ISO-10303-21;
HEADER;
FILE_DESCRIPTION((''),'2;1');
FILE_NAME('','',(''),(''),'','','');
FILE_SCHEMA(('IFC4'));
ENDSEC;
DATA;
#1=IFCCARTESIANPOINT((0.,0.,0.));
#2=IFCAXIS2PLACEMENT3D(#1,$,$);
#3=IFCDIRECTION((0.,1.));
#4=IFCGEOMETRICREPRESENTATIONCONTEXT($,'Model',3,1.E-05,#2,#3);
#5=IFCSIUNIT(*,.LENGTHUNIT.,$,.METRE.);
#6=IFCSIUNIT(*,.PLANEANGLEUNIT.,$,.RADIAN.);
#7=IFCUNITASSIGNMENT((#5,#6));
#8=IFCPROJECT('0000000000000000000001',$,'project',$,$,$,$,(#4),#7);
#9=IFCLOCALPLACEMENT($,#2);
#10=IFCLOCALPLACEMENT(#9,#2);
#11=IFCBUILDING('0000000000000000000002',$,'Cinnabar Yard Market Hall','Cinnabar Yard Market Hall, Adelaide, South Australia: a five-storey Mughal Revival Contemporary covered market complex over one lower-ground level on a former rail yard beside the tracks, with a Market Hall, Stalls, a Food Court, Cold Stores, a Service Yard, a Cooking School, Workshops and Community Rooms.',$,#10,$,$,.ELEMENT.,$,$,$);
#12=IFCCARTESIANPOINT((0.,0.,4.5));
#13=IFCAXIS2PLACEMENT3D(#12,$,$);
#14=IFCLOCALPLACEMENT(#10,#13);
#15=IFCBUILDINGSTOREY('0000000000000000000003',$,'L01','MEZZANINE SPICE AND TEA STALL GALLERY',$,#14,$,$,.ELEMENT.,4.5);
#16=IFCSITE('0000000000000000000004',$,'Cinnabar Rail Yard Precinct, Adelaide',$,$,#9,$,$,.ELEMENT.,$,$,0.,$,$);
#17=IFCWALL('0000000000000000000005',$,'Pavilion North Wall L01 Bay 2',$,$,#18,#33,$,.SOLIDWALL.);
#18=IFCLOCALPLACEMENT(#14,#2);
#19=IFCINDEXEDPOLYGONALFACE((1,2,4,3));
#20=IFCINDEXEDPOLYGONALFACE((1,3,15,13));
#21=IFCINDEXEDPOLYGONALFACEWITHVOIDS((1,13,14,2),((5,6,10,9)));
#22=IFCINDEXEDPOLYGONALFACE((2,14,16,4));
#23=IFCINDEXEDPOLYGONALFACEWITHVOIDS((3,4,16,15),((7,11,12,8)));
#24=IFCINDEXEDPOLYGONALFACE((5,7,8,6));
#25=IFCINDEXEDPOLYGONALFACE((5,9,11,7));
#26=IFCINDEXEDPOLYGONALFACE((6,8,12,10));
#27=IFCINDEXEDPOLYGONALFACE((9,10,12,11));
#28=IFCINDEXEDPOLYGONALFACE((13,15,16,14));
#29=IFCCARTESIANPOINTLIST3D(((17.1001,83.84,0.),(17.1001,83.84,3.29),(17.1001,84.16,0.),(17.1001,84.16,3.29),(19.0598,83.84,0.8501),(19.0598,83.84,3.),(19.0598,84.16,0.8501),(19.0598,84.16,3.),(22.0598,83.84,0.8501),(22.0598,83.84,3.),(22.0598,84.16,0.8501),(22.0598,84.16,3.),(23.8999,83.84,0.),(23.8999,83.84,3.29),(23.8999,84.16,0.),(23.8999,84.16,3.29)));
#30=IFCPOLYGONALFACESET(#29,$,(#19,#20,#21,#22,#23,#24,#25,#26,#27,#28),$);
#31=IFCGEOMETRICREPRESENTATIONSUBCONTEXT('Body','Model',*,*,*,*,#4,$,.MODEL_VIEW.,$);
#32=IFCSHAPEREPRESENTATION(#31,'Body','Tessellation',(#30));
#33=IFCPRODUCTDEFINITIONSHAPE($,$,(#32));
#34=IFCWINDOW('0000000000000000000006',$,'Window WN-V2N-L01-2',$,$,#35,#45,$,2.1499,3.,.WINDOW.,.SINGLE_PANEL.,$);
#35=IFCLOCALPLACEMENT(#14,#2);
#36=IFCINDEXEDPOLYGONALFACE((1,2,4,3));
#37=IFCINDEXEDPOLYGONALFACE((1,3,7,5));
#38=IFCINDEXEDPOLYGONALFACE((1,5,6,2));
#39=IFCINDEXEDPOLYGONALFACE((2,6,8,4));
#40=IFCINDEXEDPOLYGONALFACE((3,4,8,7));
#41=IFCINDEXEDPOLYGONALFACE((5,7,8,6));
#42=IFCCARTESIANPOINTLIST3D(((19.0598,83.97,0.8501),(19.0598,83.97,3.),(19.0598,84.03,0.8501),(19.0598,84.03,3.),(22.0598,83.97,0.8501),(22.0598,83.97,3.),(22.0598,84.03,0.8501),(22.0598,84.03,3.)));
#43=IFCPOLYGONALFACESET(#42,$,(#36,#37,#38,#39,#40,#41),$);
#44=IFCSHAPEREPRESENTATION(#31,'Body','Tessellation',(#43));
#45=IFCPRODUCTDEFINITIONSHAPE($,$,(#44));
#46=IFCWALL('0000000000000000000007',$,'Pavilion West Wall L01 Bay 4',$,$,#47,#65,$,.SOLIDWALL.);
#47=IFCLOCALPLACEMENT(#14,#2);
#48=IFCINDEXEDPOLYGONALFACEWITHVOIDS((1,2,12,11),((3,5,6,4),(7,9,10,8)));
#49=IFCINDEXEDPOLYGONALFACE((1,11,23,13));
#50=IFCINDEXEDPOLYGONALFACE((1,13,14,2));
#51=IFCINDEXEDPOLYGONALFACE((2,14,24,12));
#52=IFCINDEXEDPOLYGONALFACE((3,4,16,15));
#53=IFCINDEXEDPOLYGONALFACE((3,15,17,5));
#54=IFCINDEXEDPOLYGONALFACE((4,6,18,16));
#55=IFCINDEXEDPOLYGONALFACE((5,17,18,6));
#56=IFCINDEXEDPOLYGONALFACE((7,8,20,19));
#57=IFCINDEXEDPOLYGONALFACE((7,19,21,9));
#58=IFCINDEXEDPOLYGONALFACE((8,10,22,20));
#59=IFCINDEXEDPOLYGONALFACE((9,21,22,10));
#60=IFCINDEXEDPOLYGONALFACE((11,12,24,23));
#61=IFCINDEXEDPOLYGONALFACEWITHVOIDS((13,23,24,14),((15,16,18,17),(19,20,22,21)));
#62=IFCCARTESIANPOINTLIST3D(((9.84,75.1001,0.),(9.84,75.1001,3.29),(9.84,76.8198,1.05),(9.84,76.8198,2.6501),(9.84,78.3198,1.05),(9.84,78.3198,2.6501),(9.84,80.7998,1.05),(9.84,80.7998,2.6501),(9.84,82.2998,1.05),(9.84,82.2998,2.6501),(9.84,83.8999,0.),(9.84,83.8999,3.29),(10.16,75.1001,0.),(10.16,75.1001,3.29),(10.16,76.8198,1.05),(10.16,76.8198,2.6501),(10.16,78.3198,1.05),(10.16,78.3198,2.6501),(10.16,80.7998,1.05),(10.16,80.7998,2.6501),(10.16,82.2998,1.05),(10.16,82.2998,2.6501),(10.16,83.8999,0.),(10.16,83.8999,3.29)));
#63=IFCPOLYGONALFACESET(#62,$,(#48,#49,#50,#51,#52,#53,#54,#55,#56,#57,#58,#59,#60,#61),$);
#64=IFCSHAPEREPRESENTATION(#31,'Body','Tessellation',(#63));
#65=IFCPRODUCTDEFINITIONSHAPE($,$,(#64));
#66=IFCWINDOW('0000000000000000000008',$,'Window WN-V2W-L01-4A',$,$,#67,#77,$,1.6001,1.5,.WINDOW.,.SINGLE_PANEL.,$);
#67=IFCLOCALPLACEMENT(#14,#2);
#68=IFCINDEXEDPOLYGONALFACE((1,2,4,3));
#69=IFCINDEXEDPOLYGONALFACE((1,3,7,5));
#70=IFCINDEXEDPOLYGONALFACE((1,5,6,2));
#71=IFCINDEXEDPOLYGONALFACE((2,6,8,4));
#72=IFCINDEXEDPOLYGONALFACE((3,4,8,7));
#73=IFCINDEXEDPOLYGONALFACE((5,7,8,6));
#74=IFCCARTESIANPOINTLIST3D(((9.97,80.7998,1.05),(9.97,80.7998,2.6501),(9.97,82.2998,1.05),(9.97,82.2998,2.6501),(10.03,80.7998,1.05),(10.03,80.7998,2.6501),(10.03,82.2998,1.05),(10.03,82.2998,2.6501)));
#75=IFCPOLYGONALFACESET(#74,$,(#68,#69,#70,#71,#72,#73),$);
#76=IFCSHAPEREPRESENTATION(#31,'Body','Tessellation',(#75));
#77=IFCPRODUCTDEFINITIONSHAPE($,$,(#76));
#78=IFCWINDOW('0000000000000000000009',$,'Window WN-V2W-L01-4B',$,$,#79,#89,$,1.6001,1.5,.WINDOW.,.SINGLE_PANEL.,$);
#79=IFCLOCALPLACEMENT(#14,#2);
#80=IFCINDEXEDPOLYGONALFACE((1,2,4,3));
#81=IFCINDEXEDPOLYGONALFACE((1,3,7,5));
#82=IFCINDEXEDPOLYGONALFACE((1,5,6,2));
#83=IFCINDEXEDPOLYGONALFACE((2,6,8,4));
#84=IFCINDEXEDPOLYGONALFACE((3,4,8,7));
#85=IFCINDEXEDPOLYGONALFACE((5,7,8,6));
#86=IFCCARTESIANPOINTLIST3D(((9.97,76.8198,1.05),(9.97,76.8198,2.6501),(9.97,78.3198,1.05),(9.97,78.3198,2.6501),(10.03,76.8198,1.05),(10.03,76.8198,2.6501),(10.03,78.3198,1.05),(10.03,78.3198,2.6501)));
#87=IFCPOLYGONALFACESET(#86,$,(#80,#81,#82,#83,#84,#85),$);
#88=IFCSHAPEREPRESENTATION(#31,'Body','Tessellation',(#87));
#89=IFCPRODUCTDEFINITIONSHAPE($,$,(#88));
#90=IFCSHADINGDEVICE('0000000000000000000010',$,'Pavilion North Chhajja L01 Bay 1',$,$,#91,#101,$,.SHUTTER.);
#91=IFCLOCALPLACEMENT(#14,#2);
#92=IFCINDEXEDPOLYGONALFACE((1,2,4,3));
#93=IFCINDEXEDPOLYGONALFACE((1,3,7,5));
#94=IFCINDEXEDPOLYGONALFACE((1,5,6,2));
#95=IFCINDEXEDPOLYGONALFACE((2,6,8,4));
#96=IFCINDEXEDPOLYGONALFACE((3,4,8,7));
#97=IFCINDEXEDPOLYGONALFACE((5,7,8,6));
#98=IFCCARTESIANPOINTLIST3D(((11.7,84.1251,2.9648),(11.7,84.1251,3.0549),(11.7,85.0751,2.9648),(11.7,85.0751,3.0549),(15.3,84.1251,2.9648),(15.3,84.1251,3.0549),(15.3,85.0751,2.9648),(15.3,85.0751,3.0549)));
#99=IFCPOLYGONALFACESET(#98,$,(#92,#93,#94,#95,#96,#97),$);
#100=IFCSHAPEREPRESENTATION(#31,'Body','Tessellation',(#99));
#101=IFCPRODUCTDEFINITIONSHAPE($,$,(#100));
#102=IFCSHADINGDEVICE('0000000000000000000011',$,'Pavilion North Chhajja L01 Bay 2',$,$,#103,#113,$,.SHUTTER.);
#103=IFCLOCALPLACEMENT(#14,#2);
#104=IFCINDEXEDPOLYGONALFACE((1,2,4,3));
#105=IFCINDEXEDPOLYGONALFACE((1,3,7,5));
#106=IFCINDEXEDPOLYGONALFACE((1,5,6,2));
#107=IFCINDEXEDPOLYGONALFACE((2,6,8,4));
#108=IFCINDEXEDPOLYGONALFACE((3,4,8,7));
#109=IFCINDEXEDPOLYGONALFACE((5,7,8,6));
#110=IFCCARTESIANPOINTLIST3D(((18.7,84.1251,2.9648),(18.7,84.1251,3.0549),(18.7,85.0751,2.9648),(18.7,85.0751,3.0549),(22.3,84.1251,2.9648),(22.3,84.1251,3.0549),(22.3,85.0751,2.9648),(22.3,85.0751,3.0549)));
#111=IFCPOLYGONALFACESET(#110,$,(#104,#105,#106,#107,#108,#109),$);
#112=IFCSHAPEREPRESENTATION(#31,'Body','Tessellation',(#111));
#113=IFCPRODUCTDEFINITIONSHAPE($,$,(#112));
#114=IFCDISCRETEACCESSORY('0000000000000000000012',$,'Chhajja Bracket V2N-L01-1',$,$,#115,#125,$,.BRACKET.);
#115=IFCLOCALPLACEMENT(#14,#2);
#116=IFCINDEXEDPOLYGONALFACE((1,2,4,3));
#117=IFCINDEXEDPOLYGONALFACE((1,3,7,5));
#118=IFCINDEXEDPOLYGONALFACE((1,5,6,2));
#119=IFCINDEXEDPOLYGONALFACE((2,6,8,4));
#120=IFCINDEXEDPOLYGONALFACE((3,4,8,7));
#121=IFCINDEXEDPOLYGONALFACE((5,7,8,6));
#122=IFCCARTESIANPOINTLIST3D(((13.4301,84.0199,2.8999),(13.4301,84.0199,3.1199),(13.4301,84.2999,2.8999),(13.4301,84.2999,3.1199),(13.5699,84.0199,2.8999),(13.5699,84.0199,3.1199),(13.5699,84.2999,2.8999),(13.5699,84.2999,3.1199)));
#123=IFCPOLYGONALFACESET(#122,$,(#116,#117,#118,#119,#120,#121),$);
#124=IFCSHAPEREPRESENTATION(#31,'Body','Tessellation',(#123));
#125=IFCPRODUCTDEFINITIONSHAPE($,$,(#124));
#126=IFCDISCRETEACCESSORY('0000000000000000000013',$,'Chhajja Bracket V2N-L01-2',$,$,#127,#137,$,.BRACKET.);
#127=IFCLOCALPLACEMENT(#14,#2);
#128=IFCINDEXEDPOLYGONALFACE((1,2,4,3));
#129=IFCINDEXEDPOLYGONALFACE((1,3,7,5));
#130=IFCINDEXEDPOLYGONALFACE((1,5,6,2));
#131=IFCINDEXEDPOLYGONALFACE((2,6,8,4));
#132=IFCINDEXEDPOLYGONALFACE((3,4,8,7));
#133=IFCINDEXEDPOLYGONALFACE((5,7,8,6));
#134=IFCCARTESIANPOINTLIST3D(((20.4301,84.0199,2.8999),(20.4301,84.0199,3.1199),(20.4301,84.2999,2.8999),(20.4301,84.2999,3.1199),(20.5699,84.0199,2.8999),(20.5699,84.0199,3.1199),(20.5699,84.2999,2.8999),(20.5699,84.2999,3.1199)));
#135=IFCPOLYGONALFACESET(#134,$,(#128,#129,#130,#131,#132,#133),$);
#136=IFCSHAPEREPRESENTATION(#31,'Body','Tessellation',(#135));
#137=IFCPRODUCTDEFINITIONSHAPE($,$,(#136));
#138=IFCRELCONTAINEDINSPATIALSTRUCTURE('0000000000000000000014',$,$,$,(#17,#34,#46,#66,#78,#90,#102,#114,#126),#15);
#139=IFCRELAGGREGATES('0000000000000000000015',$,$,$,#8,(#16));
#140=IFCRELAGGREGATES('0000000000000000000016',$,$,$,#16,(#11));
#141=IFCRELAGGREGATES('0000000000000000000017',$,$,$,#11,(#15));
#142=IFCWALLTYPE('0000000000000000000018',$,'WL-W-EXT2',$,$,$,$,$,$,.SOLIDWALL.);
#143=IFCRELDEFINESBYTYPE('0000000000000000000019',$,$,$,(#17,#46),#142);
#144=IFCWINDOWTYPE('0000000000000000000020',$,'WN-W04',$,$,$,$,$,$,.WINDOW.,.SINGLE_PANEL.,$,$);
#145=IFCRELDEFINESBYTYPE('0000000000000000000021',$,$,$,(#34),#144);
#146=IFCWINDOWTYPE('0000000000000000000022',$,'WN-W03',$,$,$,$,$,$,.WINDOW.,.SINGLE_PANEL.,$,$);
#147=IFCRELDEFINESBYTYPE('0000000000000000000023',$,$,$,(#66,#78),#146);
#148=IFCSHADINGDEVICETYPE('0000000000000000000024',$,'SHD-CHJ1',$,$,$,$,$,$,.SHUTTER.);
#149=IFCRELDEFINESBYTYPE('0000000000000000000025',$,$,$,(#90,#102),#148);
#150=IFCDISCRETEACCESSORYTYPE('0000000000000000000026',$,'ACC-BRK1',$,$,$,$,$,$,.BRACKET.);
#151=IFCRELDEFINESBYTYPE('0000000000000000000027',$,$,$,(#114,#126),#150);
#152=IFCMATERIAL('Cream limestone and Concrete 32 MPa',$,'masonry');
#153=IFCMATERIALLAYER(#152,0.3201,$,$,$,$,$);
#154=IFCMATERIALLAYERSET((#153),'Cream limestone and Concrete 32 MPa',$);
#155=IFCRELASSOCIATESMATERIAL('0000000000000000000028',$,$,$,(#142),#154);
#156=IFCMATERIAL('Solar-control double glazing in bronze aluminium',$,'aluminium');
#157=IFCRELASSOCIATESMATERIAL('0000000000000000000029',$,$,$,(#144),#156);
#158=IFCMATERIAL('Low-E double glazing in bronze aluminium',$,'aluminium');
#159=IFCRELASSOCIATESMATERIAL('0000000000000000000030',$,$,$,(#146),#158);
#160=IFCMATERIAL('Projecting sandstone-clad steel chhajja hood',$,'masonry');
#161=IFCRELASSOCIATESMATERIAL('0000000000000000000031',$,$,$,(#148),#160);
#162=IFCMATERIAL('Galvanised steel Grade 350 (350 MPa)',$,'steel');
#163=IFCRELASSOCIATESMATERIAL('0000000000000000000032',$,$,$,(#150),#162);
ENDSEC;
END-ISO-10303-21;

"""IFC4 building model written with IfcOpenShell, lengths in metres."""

from ifc_helpers import new_model, si_unit, direction, frame, frame_2d, origin, origin_2d_with_axis, place, context, subcontext, project, spatial, rectangle, extrude, material, layer, layer_set, type_object, element, fill, save


model = new_model("IFC4")

# Units and contexts
model_context = context("Model", 3, precision=1e-05, world=origin(), true_north=direction((0.0, 1.0)))
body_context = subcontext(model_context, "Body", "Model", "MODEL_VIEW")
ifc_project = project(units=[si_unit("LENGTHUNIT", "METRE"), si_unit("PLANEANGLEUNIT", "RADIAN")], contexts=[model_context])

# Site, building, storey
site_placement = place(None, origin())
site = spatial("IfcSite", under=ifc_project, at=site_placement, Name="Cinnabar Rail Yard Precinct, Adelaide", CompositionType="ELEMENT", RefElevation=0.0)
building_placement = place(site_placement, origin())
building = spatial("IfcBuilding", under=site, at=building_placement, Name="Cinnabar Yard Market Hall", Description="Cinnabar Yard Market Hall, Adelaide, South Australia: a five-storey Mughal Revival Contemporary covered market complex over one lower-ground level on a former rail yard beside the tracks, with a Market Hall, Stalls, a Food Court, Cold Stores, a Service Yard, a Cooking School, Workshops and Community Rooms.", CompositionType="ELEMENT")
storey_placement = place(building_placement, frame((0.0, 0.0, 4.5)))
storey = spatial("IfcBuildingStorey", under=building, at=storey_placement, Name="L01", Description="MEZZANINE SPICE AND TEA STALL GALLERY", CompositionType="ELEMENT", Elevation=4.5)

# Wall, opening, window
ifc_material_1 = material(Name="Cream limestone and Concrete 32 MPa", Category="masonry")
ifc_layer_1 = layer(ifc_material_1, 0.3201)
ifc_layer_set_1 = layer_set([ifc_layer_1], Name="Cream limestone and Concrete 32 MPa")
wall_type_1 = type_object("IfcWallType", Name="WL-W-EXT2", PredefinedType="SOLIDWALL", material=ifc_layer_set_1)
ifc_material_2 = material(Name="Solar-control double glazing in bronze aluminium", Category="aluminium")
window_type_1 = type_object("IfcWindowType", Name="WN-W04", PartitioningType="SINGLE_PANEL", PredefinedType="WINDOW", material=ifc_material_2)
wall_1_placement = place(storey_placement, frame((23.8999, 84.0, 0.0), z_axis=(0.0, 0.0, 1.0), x_axis=(-1.0, 0.0, 0.0)))
wall_1 = element("IfcWall", 1, at=wall_1_placement, inside=storey, type_object=wall_type_1, Name="Pavilion North Wall L01 Bay 2", PredefinedType="SOLIDWALL", context=body_context, shape_type="SweptSolid", body=[
    extrude(rectangle(XDim=6.7998, YDim=0.3201, at=frame_2d((3.3999, 0.0), x_axis=(1.0, 0.0))), origin(), (0.0, 0.0, 1.0), 3.29),
])
opening_1_placement = place(wall_1_placement, frame((1.8401, 0.0, 0.8501)))
opening_1 = element("IfcOpeningElement", 2, at=opening_1_placement, cuts=wall_1, PredefinedType="OPENING", context=body_context, shape_type="SweptSolid", body=[
    extrude(rectangle(XDim=3.0, YDim=2.1499, at=frame_2d((1.5, 1.075), x_axis=(1.0, 0.0))), frame((0.0, 0.1699, 0.0), z_axis=(0.0, -1.0, 0.0), x_axis=(1.0, 0.0, 0.0)), (0.0, 0.0, 1.0), 0.3401),
])
window_1_placement = place(opening_1_placement, origin())
window_1 = element("IfcWindow", 3, at=window_1_placement, inside=storey, type_object=window_type_1, Name="Window WN-V2N-L01-2", OverallHeight=2.1499, OverallWidth=3.0, PartitioningType="SINGLE_PANEL", PredefinedType="WINDOW", context=body_context, shape_type="SweptSolid", body=[
    extrude(rectangle(XDim=3.0, YDim=2.1499, at=frame_2d((1.5, 1.075), x_axis=(1.0, 0.0))), frame((0.0, 0.03, 0.0), z_axis=(0.0, -1.0, 0.0), x_axis=(1.0, 0.0, 0.0)), (0.0, 0.0, 1.0), 0.0601),
])
fill(opening_1, window_1)

# Wall, openings, windows
wall_2_placement = place(storey_placement, frame((10.0, 83.8999, 0.0), z_axis=(0.0, 0.0, 1.0), x_axis=(0.0, -1.0, 0.0)))
wall_2 = element("IfcWall", 4, at=wall_2_placement, inside=storey, type_object=wall_type_1, Name="Pavilion West Wall L01 Bay 4", PredefinedType="SOLIDWALL", context=body_context, shape_type="SweptSolid", body=[
    extrude(rectangle(XDim=8.7998, YDim=0.3201, at=frame_2d((4.3999, 0.0), x_axis=(1.0, 0.0))), origin(), (0.0, 0.0, 1.0), 3.29),
])
opening_2_placement = place(wall_2_placement, frame((1.6001, 0.0, 1.05)))
opening_2 = element("IfcOpeningElement", 5, at=opening_2_placement, cuts=wall_2, PredefinedType="OPENING", context=body_context, shape_type="SweptSolid", body=[
    extrude(rectangle(XDim=1.5, YDim=1.6001, at=frame_2d((0.75, 0.8), x_axis=(1.0, 0.0))), frame((0.0, 0.1699, 0.0), z_axis=(0.0, -1.0, 0.0), x_axis=(1.0, 0.0, 0.0)), (0.0, 0.0, 1.0), 0.3401),
])
opening_3_placement = place(wall_2_placement, frame((5.5801, 0.0, 1.05)))
opening_3 = element("IfcOpeningElement", 6, at=opening_3_placement, cuts=wall_2, PredefinedType="OPENING", context=body_context, shape_type="SweptSolid", body=[
    extrude(rectangle(XDim=1.5, YDim=1.6001, at=frame_2d((0.75, 0.8), x_axis=(1.0, 0.0))), frame((0.0, 0.1699, 0.0), z_axis=(0.0, -1.0, 0.0), x_axis=(1.0, 0.0, 0.0)), (0.0, 0.0, 1.0), 0.3401),
])
ifc_material_3 = material(Name="Low-E double glazing in bronze aluminium", Category="aluminium")
window_type_2 = type_object("IfcWindowType", Name="WN-W03", PartitioningType="SINGLE_PANEL", PredefinedType="WINDOW", material=ifc_material_3)
window_2_placement = place(opening_2_placement, origin())
window_2 = element("IfcWindow", 7, at=window_2_placement, inside=storey, type_object=window_type_2, Name="Window WN-V2W-L01-4A", OverallHeight=1.6001, OverallWidth=1.5, PartitioningType="SINGLE_PANEL", PredefinedType="WINDOW", context=body_context, shape_type="SweptSolid", body=[
    extrude(rectangle(XDim=1.5, YDim=1.6001, at=frame_2d((0.75, 0.8), x_axis=(1.0, 0.0))), frame((0.0, 0.03, 0.0), z_axis=(0.0, -1.0, 0.0), x_axis=(1.0, 0.0, 0.0)), (0.0, 0.0, 1.0), 0.0601),
])
fill(opening_2, window_2)
window_3_placement = place(opening_3_placement, origin())
window_3 = element("IfcWindow", 8, at=window_3_placement, inside=storey, type_object=window_type_2, Name="Window WN-V2W-L01-4B", OverallHeight=1.6001, OverallWidth=1.5, PartitioningType="SINGLE_PANEL", PredefinedType="WINDOW", context=body_context, shape_type="SweptSolid", body=[
    extrude(rectangle(XDim=1.5, YDim=1.6001, at=frame_2d((0.75, 0.8), x_axis=(1.0, 0.0))), frame((0.0, 0.03, 0.0), z_axis=(0.0, -1.0, 0.0), x_axis=(1.0, 0.0, 0.0)), (0.0, 0.0, 1.0), 0.0601),
])
fill(opening_3, window_3)

# Shading devices
ifc_material_4 = material(Name="Projecting sandstone-clad steel chhajja hood", Category="masonry")
shading_device_type = type_object("IfcShadingDeviceType", Name="SHD-CHJ1", PredefinedType="SHUTTER", material=ifc_material_4)
for number, where, z_axis, x_axis, name in (
    (9, (13.5, 84.6001, 2.9648), (0.0, 0.0, 1.0), (1.0, 0.0, 0.0), "Pavilion North Chhajja L01 Bay 1"),
    (10, (20.5, 84.6001, 2.9648), (0.0, 0.0, 1.0), (1.0, 0.0, 0.0), "Pavilion North Chhajja L01 Bay 2"),
):
    element("IfcShadingDevice", number, at=place(storey_placement, frame(where, z_axis=z_axis, x_axis=x_axis)), inside=storey, type_object=shading_device_type, Name=name, PredefinedType="SHUTTER", context=body_context, shape_type="SweptSolid", body=[
        extrude(rectangle(XDim=3.6001, YDim=0.95, at=origin_2d_with_axis()), origin(), (0.0, 0.0, 1.0), 0.0901),
    ])

# Discrete accessories
ifc_material_5 = material(Name="Galvanised steel Grade 350 (350 MPa)", Category="steel")
discrete_accessory_type = type_object("IfcDiscreteAccessoryType", Name="ACC-BRK1", PredefinedType="BRACKET", material=ifc_material_5)
for number, where, z_axis, x_axis, name in (
    (11, (13.5, 84.1599, 2.8999), (0.0, 0.0, 1.0), (1.0, 0.0, 0.0), "Chhajja Bracket V2N-L01-1"),
    (12, (20.5, 84.1599, 2.8999), (0.0, 0.0, 1.0), (1.0, 0.0, 0.0), "Chhajja Bracket V2N-L01-2"),
):
    element("IfcDiscreteAccessory", number, at=place(storey_placement, frame(where, z_axis=z_axis, x_axis=x_axis)), inside=storey, type_object=discrete_accessory_type, Name=name, PredefinedType="BRACKET", context=body_context, shape_type="SweptSolid", body=[
        extrude(rectangle(XDim=0.1399, YDim=0.28, at=origin_2d_with_axis()), origin(), (0.0, 0.0, 1.0), 0.22),
    ])

save(model, "model.ifc")
